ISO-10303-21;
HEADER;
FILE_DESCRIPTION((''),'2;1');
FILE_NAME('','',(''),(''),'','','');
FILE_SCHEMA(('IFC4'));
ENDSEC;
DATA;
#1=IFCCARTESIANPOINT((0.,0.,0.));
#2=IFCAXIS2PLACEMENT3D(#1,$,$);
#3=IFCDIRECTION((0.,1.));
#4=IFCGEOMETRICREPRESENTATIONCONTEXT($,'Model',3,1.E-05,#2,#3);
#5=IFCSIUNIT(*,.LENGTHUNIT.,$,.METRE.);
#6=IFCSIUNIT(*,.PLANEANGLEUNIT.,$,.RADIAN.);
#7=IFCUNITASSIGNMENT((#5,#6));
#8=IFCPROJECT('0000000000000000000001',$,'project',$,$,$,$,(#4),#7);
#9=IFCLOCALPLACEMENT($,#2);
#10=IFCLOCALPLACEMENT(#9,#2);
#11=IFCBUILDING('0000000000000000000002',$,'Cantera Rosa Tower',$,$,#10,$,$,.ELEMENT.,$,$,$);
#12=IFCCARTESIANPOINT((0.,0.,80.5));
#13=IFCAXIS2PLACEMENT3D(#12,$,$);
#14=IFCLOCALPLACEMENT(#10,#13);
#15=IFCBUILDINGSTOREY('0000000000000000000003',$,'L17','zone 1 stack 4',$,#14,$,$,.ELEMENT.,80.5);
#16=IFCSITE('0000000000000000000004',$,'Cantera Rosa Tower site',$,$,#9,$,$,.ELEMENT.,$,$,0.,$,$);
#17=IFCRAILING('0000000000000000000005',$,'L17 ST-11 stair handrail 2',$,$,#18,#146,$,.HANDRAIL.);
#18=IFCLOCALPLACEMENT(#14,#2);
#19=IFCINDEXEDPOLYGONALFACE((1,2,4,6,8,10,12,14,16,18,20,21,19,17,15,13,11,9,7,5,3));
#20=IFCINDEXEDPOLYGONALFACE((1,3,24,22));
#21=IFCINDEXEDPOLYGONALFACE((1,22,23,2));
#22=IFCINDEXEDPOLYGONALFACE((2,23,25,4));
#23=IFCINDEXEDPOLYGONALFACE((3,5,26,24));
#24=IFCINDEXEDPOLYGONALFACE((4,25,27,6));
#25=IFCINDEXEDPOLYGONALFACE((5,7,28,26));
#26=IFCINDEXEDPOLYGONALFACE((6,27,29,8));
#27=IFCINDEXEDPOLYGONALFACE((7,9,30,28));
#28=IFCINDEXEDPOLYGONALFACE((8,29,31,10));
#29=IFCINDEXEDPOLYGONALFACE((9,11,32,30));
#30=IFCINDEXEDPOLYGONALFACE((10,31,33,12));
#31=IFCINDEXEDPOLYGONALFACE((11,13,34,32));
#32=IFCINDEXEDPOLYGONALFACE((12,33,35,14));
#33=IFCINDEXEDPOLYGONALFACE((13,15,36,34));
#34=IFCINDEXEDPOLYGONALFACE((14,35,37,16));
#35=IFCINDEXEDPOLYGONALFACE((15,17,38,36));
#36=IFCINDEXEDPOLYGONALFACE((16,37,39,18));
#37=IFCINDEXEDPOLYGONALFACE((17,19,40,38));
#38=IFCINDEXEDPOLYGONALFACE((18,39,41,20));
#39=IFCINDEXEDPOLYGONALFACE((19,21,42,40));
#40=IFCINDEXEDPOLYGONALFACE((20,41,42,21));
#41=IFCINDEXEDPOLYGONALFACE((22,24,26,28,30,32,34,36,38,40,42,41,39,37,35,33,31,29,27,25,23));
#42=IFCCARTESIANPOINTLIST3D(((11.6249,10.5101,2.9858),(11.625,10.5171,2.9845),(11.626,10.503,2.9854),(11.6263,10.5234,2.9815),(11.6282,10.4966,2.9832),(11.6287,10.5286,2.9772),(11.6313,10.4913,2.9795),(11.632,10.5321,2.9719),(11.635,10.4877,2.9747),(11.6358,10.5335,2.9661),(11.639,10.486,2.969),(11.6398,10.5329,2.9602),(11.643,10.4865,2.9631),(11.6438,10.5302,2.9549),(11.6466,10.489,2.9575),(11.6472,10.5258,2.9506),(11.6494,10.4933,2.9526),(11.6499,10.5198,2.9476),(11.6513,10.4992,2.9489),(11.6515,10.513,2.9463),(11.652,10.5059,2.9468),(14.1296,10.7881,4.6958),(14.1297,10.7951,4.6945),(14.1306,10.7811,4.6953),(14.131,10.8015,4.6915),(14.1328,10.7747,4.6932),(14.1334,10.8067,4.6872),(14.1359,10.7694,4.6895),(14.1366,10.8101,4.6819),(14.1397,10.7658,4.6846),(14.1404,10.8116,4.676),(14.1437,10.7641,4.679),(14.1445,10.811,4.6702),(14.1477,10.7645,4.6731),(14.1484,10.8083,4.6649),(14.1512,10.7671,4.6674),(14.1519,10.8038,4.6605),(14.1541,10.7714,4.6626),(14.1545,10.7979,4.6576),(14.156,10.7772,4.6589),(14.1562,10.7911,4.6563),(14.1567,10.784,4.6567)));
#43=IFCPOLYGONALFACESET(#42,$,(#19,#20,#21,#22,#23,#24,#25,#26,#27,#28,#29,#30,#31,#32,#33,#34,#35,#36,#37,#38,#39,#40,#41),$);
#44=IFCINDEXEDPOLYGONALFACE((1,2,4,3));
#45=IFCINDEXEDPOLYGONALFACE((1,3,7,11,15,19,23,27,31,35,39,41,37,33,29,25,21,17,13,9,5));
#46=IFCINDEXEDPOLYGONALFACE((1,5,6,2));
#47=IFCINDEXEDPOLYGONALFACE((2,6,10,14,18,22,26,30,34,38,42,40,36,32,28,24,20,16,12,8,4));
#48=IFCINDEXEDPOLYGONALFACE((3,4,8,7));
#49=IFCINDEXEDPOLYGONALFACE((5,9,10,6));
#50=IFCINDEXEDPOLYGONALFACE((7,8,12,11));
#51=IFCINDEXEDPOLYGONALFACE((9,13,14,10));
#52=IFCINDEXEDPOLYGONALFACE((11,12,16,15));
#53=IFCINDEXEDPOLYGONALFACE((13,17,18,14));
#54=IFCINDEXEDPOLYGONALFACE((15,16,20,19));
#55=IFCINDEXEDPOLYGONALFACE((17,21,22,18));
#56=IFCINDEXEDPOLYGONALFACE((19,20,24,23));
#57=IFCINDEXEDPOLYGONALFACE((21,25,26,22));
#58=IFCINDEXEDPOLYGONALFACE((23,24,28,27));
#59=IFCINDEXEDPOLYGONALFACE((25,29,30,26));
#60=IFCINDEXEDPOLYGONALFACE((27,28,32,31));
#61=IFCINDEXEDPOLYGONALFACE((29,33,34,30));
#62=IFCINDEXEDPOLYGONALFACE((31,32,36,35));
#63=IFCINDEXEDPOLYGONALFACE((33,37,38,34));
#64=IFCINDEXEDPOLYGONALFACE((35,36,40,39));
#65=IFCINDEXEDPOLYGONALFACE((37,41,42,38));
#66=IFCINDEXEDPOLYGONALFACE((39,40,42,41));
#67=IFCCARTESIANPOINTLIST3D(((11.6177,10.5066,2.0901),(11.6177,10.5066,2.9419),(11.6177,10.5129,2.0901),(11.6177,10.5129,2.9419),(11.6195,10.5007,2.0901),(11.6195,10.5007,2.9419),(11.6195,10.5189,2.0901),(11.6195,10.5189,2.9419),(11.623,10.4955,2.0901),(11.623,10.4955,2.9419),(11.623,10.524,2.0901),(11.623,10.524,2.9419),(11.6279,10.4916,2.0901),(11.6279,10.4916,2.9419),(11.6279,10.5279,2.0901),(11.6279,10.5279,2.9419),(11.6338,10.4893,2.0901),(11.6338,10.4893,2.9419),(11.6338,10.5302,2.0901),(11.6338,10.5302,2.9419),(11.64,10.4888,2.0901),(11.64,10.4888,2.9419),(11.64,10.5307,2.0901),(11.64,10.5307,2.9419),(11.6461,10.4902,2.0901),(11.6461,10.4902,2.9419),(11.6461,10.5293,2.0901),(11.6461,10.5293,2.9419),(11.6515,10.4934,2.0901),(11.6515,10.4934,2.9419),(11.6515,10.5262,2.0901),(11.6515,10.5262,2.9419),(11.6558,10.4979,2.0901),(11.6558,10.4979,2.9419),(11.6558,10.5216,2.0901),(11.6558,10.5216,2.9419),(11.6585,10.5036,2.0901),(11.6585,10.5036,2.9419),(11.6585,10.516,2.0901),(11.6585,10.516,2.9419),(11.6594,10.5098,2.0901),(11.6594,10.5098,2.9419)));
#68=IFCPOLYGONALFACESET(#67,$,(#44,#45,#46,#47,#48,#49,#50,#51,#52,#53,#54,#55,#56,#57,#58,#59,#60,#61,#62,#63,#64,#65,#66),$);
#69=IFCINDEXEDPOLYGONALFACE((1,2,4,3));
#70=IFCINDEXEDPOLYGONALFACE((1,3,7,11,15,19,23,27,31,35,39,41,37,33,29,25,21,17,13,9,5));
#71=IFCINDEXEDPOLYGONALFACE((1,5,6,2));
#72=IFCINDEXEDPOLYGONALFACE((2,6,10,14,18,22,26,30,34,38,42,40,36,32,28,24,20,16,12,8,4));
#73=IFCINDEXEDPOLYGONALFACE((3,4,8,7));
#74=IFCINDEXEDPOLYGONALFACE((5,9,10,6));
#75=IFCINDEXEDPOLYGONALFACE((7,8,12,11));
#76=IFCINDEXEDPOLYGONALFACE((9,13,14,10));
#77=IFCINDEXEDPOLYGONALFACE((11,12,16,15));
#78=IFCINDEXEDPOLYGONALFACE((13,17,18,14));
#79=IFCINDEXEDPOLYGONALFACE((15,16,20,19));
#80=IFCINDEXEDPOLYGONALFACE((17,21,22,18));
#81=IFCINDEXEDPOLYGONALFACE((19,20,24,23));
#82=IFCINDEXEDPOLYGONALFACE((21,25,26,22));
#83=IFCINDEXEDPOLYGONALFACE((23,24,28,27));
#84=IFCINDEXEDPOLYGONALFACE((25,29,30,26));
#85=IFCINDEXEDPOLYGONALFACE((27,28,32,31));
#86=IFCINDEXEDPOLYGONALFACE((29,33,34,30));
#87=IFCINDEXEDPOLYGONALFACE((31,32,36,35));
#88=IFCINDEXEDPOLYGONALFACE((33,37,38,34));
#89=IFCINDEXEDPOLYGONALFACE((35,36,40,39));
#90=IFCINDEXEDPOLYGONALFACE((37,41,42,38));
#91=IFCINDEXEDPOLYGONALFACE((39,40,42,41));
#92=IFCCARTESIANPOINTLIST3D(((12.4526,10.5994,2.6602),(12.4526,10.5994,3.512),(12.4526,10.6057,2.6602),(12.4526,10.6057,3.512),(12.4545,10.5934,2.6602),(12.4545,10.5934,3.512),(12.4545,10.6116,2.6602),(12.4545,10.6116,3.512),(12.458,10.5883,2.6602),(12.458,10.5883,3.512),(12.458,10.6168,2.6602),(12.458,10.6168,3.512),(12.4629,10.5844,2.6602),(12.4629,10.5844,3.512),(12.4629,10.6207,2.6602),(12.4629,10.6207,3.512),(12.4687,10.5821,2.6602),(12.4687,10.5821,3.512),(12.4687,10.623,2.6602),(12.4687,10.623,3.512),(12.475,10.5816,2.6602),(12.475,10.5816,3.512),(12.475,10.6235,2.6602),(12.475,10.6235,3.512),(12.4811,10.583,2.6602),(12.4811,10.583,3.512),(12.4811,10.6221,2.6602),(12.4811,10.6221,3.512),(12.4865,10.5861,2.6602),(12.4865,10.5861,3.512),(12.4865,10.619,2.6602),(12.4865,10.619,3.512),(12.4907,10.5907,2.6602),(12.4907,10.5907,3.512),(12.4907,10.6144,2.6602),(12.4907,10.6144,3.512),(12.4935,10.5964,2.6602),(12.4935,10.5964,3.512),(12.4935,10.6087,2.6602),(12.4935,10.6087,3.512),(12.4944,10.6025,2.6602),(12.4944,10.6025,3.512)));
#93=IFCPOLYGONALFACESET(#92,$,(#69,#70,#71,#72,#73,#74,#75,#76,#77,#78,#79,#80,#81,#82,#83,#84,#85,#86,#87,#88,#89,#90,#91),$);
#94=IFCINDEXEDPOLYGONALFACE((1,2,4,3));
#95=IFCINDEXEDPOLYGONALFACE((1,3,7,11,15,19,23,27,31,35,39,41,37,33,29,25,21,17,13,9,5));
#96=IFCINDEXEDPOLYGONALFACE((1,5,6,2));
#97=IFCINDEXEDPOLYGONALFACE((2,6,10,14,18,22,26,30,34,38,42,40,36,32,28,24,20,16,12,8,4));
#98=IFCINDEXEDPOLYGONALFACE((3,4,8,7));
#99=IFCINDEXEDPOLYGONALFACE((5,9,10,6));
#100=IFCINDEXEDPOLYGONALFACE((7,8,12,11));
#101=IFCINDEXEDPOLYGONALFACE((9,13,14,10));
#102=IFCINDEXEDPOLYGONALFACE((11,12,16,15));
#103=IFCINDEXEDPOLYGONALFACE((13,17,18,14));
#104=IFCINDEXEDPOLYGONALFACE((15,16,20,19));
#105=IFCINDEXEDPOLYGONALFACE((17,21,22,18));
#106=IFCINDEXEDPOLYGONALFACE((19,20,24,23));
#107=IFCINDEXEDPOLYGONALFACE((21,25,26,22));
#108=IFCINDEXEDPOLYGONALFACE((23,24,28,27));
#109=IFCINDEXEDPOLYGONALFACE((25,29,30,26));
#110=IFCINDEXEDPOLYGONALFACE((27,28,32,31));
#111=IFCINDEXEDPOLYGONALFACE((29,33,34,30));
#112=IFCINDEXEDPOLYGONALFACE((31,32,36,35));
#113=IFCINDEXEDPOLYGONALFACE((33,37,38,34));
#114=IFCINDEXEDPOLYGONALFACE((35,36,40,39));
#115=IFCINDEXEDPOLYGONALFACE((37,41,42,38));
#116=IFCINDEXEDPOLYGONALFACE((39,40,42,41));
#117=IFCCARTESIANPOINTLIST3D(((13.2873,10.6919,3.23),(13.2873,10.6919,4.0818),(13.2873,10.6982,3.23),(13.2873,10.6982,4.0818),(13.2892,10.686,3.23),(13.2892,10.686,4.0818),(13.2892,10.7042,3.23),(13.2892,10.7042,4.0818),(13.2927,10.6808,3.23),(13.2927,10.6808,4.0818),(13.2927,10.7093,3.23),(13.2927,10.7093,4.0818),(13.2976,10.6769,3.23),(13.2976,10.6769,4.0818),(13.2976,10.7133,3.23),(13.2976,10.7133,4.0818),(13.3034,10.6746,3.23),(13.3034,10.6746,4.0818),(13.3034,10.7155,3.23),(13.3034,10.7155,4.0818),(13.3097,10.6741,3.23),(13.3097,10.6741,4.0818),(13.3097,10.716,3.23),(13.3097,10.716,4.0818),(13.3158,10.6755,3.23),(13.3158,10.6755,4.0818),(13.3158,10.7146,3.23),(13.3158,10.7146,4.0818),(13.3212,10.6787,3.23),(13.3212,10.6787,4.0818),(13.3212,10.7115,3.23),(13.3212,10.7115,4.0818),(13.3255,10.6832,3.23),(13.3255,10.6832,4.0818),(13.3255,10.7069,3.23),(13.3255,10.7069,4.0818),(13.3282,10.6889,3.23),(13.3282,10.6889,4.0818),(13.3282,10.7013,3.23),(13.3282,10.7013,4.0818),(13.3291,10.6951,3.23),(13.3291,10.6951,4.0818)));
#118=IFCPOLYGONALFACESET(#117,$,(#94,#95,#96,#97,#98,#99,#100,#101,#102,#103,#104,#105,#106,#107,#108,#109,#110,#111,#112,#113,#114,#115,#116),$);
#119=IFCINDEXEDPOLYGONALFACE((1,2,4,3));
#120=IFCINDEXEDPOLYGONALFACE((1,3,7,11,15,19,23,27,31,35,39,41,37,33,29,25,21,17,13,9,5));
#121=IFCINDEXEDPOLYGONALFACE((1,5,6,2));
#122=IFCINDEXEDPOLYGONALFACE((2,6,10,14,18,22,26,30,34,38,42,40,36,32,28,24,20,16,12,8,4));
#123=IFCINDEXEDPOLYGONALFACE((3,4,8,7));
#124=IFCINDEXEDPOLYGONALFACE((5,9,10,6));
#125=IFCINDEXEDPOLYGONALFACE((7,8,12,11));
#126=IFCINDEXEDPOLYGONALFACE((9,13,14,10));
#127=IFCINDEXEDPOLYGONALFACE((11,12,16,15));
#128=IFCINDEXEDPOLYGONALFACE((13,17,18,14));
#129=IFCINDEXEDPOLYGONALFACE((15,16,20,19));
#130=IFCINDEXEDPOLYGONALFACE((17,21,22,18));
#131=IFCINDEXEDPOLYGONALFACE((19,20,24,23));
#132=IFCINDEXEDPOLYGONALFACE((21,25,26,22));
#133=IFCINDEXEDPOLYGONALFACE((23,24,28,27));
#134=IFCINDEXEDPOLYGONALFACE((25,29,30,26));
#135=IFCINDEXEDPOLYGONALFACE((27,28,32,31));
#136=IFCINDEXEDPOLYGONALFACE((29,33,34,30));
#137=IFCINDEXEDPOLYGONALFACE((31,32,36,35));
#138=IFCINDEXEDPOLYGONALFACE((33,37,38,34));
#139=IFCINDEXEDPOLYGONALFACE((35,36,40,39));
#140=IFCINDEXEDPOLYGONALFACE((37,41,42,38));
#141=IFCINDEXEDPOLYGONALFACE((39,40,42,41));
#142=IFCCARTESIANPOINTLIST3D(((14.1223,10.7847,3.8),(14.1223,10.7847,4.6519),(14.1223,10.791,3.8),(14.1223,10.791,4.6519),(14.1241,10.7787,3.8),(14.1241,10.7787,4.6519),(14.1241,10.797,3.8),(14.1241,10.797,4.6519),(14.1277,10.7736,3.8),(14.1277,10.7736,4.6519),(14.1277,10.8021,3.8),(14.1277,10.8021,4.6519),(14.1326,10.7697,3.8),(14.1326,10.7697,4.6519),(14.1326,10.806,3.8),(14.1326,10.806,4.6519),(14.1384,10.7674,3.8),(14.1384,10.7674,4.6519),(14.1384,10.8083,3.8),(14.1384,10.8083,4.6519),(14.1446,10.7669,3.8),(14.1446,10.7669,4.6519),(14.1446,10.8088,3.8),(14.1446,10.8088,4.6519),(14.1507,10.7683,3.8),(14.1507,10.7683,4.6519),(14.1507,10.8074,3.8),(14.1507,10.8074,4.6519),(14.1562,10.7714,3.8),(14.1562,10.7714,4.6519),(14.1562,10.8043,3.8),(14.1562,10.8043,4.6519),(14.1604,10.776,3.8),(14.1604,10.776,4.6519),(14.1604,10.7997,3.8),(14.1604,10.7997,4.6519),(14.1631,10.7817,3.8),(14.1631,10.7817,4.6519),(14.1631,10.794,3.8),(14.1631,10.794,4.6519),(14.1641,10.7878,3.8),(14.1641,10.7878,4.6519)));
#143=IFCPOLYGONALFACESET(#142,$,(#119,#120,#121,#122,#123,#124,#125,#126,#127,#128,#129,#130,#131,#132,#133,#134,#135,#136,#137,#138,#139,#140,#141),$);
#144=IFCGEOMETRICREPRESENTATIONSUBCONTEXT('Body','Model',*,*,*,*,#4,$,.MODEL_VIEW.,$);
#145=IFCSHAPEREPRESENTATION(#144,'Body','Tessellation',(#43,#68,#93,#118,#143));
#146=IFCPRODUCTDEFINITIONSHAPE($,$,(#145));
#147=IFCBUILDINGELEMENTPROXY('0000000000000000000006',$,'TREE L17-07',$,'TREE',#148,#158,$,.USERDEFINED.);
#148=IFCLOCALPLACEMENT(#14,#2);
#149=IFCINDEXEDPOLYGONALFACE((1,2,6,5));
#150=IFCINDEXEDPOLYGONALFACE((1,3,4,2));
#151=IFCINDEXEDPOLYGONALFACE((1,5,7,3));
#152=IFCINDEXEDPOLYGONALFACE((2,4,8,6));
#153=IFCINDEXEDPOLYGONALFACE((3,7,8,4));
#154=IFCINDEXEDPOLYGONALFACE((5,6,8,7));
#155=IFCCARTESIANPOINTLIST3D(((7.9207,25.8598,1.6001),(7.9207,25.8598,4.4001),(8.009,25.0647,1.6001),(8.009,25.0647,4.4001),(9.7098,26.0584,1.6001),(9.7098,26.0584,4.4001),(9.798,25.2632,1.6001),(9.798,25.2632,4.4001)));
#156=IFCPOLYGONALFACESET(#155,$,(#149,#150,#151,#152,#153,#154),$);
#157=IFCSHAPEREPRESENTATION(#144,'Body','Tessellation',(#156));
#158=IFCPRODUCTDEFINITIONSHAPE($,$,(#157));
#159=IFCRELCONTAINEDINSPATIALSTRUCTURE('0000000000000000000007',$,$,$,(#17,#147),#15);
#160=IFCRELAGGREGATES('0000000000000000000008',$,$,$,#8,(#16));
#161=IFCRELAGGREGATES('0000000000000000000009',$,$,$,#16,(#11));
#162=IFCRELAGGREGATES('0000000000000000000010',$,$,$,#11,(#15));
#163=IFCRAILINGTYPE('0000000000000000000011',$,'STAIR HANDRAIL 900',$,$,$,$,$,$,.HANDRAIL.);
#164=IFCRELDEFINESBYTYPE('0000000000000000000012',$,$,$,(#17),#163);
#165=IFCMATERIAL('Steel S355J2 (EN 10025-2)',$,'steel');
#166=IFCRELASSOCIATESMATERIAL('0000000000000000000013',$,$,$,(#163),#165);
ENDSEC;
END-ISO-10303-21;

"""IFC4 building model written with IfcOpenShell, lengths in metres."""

from ifc_helpers import new_model, si_unit, direction, frame, origin, origin_2d, place, context, subcontext, project, spatial, rectangle, circle, extrude, material, type_object, element, save


model = new_model("IFC4")

# Units and contexts
model_context = context("Model", 3, precision=1e-05, world=origin(), true_north=direction((0.0, 1.0)))
body_context = subcontext(model_context, "Body", "Model", "MODEL_VIEW")
ifc_project = project(units=[si_unit("LENGTHUNIT", "METRE"), si_unit("PLANEANGLEUNIT", "RADIAN")], contexts=[model_context])

# Site, building, storey
site_placement = place(None, origin())
site = spatial("IfcSite", under=ifc_project, at=site_placement, Name="Cantera Rosa Tower site", CompositionType="ELEMENT", RefElevation=0.0)
building_placement = place(site_placement, origin())
building = spatial("IfcBuilding", under=site, at=building_placement, Name="Cantera Rosa Tower", CompositionType="ELEMENT")
storey_placement = place(building_placement, frame((0.0, 0.0, 80.5)))
storey = spatial("IfcBuildingStorey", under=building, at=storey_placement, Name="L17", Description="zone 1 stack 4", CompositionType="ELEMENT", Elevation=80.5)

# Railing
ifc_material_1 = material(Name="Steel S355J2 (EN 10025-2)", Category="steel")
railing_type_1 = type_object("IfcRailingType", Name="STAIR HANDRAIL 900", PredefinedType="HANDRAIL", material=ifc_material_1)
railing_1_placement = place(storey_placement, frame((11.6384, 10.5098, 2.0901)))
element("IfcRailing", 1, at=railing_1_placement, inside=storey, type_object=railing_type_1, Name="L17 ST-11 stair handrail 2", PredefinedType="HANDRAIL", context=body_context, shape_type="SweptSolid", body=[
    extrude(circle(Radius=0.0239, at=origin_2d()), frame((0.0, 0.0, 0.876), z_axis=(0.822431, 0.09131, 0.561488), x_axis=(-0.110346, 0.993893, 0.0)), (0.0, 0.0, 1.0), 3.0454),
    extrude(circle(Radius=0.021, at=origin_2d()), origin(), (0.0, 0.0, 1.0), 0.8518),
    extrude(circle(Radius=0.021, at=origin_2d()), frame((0.835, 0.0928, 0.5701)), (0.0, 0.0, 1.0), 0.8518),
    extrude(circle(Radius=0.021, at=origin_2d()), frame((1.6697, 0.1853, 1.1399)), (0.0, 0.0, 1.0), 0.8518),
    extrude(circle(Radius=0.021, at=origin_2d()), frame((2.5046, 0.2781, 1.71)), (0.0, 0.0, 1.0), 0.8518),
])

# Building element proxy
proxy_placement = place(storey_placement, frame((8.8594, 25.5615, 1.6001), z_axis=(0.0, 0.0, 1.0), x_axis=(-0.993897, -0.110313, 0.0)))
element("IfcBuildingElementProxy", 2, at=proxy_placement, inside=storey, Name="TREE L17-07", ObjectType="TREE", PredefinedType="USERDEFINED", context=body_context, shape_type="SweptSolid", body=[
    extrude(rectangle(XDim=1.8, YDim=0.8, at=origin_2d()), origin(), (0.0, 0.0, 1.0), 2.8),
])

save(model, "model.ifc")
